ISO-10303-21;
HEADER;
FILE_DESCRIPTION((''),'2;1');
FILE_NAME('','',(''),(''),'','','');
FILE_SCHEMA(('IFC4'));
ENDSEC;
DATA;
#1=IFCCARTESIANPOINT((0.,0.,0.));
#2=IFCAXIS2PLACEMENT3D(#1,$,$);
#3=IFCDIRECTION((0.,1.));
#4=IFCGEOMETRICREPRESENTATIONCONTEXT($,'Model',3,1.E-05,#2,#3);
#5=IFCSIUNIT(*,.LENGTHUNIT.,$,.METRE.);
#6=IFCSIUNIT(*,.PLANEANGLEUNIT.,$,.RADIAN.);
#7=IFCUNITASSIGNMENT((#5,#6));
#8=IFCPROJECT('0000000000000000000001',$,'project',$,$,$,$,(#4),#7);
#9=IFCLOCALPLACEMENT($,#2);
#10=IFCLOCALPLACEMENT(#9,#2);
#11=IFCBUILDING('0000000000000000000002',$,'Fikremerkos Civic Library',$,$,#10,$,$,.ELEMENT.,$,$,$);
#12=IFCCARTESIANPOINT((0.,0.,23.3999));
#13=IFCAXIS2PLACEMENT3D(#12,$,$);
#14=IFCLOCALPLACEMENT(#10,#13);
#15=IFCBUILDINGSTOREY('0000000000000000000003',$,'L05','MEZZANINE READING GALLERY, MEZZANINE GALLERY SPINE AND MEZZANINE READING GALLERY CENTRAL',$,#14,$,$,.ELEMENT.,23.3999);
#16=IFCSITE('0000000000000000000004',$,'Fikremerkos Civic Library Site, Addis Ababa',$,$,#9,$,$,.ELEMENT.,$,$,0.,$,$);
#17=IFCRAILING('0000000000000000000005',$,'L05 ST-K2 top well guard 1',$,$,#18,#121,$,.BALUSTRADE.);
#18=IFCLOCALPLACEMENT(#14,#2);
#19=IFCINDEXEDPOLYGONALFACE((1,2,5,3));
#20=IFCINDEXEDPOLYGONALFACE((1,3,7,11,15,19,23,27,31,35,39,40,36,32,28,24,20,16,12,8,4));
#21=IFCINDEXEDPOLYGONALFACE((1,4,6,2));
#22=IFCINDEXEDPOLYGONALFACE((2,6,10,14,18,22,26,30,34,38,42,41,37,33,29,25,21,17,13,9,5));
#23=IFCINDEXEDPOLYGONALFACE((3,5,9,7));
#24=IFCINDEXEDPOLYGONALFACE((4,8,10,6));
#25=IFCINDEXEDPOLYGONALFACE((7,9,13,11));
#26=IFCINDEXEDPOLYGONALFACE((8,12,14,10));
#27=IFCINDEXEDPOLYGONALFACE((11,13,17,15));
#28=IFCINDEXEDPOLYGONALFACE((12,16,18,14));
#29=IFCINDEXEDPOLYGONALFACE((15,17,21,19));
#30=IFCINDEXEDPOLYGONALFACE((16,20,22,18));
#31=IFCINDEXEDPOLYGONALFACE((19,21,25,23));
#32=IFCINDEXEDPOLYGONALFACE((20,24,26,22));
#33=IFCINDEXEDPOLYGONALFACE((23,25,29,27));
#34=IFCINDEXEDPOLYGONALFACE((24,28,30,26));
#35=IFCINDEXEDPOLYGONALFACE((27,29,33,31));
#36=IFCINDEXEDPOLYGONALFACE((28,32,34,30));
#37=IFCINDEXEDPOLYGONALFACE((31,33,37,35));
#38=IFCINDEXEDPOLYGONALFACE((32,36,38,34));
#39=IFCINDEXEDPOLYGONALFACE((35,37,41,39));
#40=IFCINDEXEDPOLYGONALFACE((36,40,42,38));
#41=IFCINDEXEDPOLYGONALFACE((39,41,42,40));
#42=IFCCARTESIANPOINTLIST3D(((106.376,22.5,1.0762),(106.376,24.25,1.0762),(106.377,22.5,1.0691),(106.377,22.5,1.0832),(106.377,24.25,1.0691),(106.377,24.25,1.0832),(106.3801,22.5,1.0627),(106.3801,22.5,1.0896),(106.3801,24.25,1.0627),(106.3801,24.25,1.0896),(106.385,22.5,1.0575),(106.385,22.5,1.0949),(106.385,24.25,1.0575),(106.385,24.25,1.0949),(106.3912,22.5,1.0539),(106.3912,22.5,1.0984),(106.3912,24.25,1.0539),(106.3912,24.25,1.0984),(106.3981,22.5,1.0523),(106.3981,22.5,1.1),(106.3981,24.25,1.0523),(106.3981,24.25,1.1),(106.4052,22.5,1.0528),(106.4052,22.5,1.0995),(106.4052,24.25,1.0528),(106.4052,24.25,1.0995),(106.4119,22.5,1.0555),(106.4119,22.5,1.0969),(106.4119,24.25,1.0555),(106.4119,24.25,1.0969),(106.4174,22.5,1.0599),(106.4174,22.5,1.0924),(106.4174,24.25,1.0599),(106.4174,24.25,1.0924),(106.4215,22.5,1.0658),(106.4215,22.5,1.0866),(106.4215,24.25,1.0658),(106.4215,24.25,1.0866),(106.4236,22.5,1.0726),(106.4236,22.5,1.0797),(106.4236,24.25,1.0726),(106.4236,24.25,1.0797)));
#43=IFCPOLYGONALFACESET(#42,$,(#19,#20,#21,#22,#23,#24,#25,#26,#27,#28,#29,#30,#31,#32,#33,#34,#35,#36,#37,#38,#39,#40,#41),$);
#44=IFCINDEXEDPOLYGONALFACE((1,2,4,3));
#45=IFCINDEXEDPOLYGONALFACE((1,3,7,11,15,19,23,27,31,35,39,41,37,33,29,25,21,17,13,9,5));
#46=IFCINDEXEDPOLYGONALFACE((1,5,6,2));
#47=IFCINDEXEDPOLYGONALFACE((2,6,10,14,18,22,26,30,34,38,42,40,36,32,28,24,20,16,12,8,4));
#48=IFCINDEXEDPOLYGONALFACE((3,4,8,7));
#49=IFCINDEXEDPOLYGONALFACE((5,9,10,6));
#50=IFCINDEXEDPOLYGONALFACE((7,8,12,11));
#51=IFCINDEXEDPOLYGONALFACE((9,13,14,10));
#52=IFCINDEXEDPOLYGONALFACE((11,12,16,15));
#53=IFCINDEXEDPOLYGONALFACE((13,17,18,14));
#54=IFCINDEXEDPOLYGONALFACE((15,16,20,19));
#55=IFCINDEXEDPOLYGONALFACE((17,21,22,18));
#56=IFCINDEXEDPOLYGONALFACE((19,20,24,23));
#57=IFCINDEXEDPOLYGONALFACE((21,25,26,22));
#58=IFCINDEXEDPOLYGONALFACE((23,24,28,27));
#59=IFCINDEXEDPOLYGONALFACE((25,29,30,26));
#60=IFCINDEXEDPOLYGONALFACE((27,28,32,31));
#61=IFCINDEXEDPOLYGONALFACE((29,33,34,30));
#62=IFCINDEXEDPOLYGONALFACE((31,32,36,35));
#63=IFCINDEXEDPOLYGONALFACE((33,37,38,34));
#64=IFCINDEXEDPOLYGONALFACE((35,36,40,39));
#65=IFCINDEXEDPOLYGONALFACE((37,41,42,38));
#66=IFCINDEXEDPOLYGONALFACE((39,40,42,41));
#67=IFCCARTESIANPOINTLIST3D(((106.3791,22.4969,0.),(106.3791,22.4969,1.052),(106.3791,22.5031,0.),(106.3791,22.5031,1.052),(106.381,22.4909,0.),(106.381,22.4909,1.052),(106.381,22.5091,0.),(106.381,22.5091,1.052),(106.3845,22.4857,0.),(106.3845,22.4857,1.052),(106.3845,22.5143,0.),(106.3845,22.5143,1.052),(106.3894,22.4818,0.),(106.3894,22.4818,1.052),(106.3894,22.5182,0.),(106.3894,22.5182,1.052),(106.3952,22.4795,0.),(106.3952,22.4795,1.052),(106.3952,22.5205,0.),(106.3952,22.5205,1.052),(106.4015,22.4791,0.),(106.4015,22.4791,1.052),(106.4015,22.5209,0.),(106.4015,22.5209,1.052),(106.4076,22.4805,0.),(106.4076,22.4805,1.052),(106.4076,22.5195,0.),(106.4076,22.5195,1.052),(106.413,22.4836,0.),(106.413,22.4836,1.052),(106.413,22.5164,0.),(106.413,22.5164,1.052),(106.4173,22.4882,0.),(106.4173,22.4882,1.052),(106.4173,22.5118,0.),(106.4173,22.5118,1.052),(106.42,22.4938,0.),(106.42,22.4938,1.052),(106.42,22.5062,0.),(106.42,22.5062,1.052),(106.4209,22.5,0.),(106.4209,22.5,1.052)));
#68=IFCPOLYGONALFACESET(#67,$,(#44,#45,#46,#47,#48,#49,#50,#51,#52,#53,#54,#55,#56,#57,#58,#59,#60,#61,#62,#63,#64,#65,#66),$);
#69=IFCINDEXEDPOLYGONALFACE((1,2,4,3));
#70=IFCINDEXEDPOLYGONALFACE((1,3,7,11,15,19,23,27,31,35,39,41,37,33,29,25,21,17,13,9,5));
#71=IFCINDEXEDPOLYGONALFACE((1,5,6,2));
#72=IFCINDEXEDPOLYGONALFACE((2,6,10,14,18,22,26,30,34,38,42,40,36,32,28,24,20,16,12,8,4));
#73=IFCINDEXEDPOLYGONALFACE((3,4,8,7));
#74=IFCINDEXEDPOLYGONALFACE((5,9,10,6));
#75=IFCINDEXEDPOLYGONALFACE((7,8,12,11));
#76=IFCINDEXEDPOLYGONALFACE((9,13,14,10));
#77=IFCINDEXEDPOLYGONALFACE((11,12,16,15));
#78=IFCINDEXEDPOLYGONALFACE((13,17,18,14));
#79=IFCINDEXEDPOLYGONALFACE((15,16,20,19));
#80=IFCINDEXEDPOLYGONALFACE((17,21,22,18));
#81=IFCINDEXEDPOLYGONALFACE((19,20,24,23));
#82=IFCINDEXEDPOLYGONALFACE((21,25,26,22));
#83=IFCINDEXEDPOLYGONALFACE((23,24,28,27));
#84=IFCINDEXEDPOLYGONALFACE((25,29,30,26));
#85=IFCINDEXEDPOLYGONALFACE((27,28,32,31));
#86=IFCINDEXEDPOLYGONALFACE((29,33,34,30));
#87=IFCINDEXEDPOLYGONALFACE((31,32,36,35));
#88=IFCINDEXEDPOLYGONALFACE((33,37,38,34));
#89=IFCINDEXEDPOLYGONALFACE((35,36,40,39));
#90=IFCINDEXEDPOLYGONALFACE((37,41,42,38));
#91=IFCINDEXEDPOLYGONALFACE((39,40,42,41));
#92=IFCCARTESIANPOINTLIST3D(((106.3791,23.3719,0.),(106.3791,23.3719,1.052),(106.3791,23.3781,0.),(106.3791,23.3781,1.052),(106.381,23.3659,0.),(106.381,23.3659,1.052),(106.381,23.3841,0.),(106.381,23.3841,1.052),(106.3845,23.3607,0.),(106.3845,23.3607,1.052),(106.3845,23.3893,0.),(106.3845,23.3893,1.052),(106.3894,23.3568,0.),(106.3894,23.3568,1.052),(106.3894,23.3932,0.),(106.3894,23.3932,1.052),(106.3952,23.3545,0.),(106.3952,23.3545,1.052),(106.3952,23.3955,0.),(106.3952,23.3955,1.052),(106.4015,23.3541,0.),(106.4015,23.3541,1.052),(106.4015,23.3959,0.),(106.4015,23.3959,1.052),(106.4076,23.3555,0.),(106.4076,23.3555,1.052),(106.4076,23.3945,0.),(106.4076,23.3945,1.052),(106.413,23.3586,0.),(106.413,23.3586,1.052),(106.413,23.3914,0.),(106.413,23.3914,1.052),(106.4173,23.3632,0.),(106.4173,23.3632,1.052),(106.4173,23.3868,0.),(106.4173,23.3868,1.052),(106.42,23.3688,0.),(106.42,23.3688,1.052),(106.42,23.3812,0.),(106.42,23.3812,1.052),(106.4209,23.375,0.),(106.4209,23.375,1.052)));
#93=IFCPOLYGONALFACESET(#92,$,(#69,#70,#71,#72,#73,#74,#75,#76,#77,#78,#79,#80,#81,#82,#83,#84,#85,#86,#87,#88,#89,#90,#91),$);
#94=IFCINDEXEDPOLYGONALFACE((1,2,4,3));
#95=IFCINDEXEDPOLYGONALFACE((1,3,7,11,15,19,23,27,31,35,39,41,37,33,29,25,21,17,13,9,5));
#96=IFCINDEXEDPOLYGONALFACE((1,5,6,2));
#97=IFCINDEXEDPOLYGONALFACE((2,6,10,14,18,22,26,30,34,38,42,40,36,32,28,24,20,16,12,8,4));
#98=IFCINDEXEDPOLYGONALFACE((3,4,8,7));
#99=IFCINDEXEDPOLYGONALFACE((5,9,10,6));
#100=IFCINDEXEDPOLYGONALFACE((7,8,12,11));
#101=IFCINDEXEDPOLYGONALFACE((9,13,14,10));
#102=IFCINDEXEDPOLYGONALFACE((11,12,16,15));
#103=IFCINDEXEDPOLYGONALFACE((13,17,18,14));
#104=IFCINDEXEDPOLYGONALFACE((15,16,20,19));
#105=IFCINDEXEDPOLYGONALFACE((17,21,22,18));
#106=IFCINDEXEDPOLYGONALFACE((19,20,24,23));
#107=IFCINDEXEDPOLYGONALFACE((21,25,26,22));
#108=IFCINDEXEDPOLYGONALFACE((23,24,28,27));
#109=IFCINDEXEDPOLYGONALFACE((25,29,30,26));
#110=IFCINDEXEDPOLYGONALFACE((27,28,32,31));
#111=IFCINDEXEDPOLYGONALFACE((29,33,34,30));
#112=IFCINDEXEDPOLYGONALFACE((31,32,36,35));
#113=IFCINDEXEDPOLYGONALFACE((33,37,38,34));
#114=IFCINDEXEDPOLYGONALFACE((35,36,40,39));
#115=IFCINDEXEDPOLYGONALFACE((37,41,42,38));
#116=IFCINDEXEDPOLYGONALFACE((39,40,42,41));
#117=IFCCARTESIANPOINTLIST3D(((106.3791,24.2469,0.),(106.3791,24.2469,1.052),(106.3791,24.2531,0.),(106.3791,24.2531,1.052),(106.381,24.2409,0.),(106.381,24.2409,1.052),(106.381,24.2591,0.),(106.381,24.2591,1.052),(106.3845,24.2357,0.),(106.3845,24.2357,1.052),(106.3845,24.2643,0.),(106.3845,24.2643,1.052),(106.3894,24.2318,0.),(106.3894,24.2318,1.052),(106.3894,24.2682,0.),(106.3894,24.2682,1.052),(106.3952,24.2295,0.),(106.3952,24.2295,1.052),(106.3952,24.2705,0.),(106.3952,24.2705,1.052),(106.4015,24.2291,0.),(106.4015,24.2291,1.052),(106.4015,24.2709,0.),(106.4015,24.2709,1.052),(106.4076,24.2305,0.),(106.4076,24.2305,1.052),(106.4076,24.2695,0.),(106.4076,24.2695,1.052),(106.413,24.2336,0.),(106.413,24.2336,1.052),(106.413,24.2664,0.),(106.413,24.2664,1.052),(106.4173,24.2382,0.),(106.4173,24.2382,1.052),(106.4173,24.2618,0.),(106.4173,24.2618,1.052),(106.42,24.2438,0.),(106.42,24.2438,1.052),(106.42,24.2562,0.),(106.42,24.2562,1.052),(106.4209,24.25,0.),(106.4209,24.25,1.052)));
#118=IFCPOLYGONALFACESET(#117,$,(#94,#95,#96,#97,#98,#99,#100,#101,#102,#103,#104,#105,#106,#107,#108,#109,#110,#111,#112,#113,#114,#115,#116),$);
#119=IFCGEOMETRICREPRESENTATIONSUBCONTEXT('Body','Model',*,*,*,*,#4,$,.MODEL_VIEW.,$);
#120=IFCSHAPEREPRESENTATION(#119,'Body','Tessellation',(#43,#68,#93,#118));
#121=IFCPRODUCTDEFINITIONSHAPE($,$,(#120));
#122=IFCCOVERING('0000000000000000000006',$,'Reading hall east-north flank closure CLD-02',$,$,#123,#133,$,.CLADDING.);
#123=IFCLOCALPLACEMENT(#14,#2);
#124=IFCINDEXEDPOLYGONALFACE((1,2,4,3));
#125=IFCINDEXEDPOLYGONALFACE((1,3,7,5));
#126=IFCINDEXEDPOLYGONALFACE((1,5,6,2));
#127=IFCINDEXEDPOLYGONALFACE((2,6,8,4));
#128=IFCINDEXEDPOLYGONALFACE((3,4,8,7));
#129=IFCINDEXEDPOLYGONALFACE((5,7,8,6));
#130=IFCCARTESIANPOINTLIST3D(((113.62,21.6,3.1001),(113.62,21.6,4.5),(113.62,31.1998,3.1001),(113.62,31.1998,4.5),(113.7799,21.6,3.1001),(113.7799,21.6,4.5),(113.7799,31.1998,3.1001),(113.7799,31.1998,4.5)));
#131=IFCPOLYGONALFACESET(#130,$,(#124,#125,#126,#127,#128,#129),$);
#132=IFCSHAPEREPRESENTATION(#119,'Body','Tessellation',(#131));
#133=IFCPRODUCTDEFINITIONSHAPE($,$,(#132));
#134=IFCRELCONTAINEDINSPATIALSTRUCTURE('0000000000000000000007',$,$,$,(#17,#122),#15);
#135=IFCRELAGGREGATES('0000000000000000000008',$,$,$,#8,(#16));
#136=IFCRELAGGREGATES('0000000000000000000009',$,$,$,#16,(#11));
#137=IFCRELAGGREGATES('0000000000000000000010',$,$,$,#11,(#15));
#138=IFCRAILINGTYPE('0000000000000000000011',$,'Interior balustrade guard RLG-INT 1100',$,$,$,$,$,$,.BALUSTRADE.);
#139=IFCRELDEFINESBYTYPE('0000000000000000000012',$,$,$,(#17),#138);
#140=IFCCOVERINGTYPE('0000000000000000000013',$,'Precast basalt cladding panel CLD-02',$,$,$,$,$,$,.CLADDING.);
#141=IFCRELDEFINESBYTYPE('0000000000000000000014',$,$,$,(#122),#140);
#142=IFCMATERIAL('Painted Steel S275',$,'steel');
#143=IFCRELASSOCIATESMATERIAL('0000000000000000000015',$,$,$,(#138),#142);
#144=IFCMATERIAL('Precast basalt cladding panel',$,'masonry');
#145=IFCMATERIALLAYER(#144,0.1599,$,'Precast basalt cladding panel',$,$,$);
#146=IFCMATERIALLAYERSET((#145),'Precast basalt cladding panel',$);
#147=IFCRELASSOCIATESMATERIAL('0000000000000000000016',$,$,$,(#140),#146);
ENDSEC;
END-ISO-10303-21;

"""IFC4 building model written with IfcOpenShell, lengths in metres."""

from ifc_helpers import new_model, si_unit, direction, frame, frame_2d, origin, origin_2d, place, context, subcontext, project, spatial, rectangle, circle, extrude, material, layer, layer_set, type_object, element, save


model = new_model("IFC4")

# Units and contexts
model_context = context("Model", 3, precision=1e-05, world=origin(), true_north=direction((0.0, 1.0)))
body_context = subcontext(model_context, "Body", "Model", "MODEL_VIEW")
ifc_project = project(units=[si_unit("LENGTHUNIT", "METRE"), si_unit("PLANEANGLEUNIT", "RADIAN")], contexts=[model_context])

# Site, building, storey
site_placement = place(None, origin())
site = spatial("IfcSite", under=ifc_project, at=site_placement, Name="Fikremerkos Civic Library Site, Addis Ababa", CompositionType="ELEMENT", RefElevation=0.0)
building_placement = place(site_placement, origin())
building = spatial("IfcBuilding", under=site, at=building_placement, Name="Fikremerkos Civic Library", CompositionType="ELEMENT")
storey_placement = place(building_placement, frame((0.0, 0.0, 23.3999)))
storey = spatial("IfcBuildingStorey", under=building, at=storey_placement, Name="L05", Description="MEZZANINE READING GALLERY, MEZZANINE GALLERY SPINE AND MEZZANINE READING GALLERY CENTRAL", CompositionType="ELEMENT", Elevation=23.3999)

# Railing
ifc_material_1 = material(Name="Painted Steel S275", Category="steel")
railing_type = type_object("IfcRailingType", Name="Interior balustrade guard RLG-INT 1100", PredefinedType="BALUSTRADE", material=ifc_material_1)
railing_placement = place(storey_placement, frame((106.3999, 22.5, 0.0)))
element("IfcRailing", 1, at=railing_placement, inside=storey, type_object=railing_type, Name="L05 ST-K2 top well guard 1", PredefinedType="BALUSTRADE", context=body_context, shape_type="SweptSolid", body=[
    extrude(circle(Radius=0.0239, at=origin_2d()), frame((0.0, 0.0, 1.0762), z_axis=(0.0, 1.0, 0.0), x_axis=(-1.0, 0.0, 0.0)), (0.0, 0.0, 1.0), 1.75),
    extrude(circle(Radius=0.021, at=origin_2d()), origin(), (0.0, 0.0, 1.0), 1.052),
    extrude(circle(Radius=0.021, at=origin_2d()), frame((0.0, 0.875, 0.0)), (0.0, 0.0, 1.0), 1.052),
    extrude(circle(Radius=0.021, at=origin_2d()), frame((0.0, 1.75, 0.0)), (0.0, 0.0, 1.0), 1.052),
])

# Covering
ifc_material_2 = material(Name="Precast basalt cladding panel", Category="masonry")
ifc_layer_1 = layer(ifc_material_2, 0.1599, Name="Precast basalt cladding panel")
ifc_layer_set_1 = layer_set([ifc_layer_1], Name="Precast basalt cladding panel")
covering_type = type_object("IfcCoveringType", Name="Precast basalt cladding panel CLD-02", PredefinedType="CLADDING", material=ifc_layer_set_1)
covering_placement = place(storey_placement, frame((113.7, 21.6001, 3.1001), z_axis=(0.0, 0.0, 1.0), x_axis=(0.0, 1.0, 0.0)))
element("IfcCovering", 2, at=covering_placement, inside=storey, type_object=covering_type, Name="Reading hall east-north flank closure CLD-02", PredefinedType="CLADDING", context=body_context, shape_type="SweptSolid", body=[
    extrude(rectangle(XDim=9.5999, YDim=0.1599, at=frame_2d((4.7998, 0.0))), origin(), (0.0, 0.0, 1.0), 1.3999),
])

save(model, "model.ifc")
